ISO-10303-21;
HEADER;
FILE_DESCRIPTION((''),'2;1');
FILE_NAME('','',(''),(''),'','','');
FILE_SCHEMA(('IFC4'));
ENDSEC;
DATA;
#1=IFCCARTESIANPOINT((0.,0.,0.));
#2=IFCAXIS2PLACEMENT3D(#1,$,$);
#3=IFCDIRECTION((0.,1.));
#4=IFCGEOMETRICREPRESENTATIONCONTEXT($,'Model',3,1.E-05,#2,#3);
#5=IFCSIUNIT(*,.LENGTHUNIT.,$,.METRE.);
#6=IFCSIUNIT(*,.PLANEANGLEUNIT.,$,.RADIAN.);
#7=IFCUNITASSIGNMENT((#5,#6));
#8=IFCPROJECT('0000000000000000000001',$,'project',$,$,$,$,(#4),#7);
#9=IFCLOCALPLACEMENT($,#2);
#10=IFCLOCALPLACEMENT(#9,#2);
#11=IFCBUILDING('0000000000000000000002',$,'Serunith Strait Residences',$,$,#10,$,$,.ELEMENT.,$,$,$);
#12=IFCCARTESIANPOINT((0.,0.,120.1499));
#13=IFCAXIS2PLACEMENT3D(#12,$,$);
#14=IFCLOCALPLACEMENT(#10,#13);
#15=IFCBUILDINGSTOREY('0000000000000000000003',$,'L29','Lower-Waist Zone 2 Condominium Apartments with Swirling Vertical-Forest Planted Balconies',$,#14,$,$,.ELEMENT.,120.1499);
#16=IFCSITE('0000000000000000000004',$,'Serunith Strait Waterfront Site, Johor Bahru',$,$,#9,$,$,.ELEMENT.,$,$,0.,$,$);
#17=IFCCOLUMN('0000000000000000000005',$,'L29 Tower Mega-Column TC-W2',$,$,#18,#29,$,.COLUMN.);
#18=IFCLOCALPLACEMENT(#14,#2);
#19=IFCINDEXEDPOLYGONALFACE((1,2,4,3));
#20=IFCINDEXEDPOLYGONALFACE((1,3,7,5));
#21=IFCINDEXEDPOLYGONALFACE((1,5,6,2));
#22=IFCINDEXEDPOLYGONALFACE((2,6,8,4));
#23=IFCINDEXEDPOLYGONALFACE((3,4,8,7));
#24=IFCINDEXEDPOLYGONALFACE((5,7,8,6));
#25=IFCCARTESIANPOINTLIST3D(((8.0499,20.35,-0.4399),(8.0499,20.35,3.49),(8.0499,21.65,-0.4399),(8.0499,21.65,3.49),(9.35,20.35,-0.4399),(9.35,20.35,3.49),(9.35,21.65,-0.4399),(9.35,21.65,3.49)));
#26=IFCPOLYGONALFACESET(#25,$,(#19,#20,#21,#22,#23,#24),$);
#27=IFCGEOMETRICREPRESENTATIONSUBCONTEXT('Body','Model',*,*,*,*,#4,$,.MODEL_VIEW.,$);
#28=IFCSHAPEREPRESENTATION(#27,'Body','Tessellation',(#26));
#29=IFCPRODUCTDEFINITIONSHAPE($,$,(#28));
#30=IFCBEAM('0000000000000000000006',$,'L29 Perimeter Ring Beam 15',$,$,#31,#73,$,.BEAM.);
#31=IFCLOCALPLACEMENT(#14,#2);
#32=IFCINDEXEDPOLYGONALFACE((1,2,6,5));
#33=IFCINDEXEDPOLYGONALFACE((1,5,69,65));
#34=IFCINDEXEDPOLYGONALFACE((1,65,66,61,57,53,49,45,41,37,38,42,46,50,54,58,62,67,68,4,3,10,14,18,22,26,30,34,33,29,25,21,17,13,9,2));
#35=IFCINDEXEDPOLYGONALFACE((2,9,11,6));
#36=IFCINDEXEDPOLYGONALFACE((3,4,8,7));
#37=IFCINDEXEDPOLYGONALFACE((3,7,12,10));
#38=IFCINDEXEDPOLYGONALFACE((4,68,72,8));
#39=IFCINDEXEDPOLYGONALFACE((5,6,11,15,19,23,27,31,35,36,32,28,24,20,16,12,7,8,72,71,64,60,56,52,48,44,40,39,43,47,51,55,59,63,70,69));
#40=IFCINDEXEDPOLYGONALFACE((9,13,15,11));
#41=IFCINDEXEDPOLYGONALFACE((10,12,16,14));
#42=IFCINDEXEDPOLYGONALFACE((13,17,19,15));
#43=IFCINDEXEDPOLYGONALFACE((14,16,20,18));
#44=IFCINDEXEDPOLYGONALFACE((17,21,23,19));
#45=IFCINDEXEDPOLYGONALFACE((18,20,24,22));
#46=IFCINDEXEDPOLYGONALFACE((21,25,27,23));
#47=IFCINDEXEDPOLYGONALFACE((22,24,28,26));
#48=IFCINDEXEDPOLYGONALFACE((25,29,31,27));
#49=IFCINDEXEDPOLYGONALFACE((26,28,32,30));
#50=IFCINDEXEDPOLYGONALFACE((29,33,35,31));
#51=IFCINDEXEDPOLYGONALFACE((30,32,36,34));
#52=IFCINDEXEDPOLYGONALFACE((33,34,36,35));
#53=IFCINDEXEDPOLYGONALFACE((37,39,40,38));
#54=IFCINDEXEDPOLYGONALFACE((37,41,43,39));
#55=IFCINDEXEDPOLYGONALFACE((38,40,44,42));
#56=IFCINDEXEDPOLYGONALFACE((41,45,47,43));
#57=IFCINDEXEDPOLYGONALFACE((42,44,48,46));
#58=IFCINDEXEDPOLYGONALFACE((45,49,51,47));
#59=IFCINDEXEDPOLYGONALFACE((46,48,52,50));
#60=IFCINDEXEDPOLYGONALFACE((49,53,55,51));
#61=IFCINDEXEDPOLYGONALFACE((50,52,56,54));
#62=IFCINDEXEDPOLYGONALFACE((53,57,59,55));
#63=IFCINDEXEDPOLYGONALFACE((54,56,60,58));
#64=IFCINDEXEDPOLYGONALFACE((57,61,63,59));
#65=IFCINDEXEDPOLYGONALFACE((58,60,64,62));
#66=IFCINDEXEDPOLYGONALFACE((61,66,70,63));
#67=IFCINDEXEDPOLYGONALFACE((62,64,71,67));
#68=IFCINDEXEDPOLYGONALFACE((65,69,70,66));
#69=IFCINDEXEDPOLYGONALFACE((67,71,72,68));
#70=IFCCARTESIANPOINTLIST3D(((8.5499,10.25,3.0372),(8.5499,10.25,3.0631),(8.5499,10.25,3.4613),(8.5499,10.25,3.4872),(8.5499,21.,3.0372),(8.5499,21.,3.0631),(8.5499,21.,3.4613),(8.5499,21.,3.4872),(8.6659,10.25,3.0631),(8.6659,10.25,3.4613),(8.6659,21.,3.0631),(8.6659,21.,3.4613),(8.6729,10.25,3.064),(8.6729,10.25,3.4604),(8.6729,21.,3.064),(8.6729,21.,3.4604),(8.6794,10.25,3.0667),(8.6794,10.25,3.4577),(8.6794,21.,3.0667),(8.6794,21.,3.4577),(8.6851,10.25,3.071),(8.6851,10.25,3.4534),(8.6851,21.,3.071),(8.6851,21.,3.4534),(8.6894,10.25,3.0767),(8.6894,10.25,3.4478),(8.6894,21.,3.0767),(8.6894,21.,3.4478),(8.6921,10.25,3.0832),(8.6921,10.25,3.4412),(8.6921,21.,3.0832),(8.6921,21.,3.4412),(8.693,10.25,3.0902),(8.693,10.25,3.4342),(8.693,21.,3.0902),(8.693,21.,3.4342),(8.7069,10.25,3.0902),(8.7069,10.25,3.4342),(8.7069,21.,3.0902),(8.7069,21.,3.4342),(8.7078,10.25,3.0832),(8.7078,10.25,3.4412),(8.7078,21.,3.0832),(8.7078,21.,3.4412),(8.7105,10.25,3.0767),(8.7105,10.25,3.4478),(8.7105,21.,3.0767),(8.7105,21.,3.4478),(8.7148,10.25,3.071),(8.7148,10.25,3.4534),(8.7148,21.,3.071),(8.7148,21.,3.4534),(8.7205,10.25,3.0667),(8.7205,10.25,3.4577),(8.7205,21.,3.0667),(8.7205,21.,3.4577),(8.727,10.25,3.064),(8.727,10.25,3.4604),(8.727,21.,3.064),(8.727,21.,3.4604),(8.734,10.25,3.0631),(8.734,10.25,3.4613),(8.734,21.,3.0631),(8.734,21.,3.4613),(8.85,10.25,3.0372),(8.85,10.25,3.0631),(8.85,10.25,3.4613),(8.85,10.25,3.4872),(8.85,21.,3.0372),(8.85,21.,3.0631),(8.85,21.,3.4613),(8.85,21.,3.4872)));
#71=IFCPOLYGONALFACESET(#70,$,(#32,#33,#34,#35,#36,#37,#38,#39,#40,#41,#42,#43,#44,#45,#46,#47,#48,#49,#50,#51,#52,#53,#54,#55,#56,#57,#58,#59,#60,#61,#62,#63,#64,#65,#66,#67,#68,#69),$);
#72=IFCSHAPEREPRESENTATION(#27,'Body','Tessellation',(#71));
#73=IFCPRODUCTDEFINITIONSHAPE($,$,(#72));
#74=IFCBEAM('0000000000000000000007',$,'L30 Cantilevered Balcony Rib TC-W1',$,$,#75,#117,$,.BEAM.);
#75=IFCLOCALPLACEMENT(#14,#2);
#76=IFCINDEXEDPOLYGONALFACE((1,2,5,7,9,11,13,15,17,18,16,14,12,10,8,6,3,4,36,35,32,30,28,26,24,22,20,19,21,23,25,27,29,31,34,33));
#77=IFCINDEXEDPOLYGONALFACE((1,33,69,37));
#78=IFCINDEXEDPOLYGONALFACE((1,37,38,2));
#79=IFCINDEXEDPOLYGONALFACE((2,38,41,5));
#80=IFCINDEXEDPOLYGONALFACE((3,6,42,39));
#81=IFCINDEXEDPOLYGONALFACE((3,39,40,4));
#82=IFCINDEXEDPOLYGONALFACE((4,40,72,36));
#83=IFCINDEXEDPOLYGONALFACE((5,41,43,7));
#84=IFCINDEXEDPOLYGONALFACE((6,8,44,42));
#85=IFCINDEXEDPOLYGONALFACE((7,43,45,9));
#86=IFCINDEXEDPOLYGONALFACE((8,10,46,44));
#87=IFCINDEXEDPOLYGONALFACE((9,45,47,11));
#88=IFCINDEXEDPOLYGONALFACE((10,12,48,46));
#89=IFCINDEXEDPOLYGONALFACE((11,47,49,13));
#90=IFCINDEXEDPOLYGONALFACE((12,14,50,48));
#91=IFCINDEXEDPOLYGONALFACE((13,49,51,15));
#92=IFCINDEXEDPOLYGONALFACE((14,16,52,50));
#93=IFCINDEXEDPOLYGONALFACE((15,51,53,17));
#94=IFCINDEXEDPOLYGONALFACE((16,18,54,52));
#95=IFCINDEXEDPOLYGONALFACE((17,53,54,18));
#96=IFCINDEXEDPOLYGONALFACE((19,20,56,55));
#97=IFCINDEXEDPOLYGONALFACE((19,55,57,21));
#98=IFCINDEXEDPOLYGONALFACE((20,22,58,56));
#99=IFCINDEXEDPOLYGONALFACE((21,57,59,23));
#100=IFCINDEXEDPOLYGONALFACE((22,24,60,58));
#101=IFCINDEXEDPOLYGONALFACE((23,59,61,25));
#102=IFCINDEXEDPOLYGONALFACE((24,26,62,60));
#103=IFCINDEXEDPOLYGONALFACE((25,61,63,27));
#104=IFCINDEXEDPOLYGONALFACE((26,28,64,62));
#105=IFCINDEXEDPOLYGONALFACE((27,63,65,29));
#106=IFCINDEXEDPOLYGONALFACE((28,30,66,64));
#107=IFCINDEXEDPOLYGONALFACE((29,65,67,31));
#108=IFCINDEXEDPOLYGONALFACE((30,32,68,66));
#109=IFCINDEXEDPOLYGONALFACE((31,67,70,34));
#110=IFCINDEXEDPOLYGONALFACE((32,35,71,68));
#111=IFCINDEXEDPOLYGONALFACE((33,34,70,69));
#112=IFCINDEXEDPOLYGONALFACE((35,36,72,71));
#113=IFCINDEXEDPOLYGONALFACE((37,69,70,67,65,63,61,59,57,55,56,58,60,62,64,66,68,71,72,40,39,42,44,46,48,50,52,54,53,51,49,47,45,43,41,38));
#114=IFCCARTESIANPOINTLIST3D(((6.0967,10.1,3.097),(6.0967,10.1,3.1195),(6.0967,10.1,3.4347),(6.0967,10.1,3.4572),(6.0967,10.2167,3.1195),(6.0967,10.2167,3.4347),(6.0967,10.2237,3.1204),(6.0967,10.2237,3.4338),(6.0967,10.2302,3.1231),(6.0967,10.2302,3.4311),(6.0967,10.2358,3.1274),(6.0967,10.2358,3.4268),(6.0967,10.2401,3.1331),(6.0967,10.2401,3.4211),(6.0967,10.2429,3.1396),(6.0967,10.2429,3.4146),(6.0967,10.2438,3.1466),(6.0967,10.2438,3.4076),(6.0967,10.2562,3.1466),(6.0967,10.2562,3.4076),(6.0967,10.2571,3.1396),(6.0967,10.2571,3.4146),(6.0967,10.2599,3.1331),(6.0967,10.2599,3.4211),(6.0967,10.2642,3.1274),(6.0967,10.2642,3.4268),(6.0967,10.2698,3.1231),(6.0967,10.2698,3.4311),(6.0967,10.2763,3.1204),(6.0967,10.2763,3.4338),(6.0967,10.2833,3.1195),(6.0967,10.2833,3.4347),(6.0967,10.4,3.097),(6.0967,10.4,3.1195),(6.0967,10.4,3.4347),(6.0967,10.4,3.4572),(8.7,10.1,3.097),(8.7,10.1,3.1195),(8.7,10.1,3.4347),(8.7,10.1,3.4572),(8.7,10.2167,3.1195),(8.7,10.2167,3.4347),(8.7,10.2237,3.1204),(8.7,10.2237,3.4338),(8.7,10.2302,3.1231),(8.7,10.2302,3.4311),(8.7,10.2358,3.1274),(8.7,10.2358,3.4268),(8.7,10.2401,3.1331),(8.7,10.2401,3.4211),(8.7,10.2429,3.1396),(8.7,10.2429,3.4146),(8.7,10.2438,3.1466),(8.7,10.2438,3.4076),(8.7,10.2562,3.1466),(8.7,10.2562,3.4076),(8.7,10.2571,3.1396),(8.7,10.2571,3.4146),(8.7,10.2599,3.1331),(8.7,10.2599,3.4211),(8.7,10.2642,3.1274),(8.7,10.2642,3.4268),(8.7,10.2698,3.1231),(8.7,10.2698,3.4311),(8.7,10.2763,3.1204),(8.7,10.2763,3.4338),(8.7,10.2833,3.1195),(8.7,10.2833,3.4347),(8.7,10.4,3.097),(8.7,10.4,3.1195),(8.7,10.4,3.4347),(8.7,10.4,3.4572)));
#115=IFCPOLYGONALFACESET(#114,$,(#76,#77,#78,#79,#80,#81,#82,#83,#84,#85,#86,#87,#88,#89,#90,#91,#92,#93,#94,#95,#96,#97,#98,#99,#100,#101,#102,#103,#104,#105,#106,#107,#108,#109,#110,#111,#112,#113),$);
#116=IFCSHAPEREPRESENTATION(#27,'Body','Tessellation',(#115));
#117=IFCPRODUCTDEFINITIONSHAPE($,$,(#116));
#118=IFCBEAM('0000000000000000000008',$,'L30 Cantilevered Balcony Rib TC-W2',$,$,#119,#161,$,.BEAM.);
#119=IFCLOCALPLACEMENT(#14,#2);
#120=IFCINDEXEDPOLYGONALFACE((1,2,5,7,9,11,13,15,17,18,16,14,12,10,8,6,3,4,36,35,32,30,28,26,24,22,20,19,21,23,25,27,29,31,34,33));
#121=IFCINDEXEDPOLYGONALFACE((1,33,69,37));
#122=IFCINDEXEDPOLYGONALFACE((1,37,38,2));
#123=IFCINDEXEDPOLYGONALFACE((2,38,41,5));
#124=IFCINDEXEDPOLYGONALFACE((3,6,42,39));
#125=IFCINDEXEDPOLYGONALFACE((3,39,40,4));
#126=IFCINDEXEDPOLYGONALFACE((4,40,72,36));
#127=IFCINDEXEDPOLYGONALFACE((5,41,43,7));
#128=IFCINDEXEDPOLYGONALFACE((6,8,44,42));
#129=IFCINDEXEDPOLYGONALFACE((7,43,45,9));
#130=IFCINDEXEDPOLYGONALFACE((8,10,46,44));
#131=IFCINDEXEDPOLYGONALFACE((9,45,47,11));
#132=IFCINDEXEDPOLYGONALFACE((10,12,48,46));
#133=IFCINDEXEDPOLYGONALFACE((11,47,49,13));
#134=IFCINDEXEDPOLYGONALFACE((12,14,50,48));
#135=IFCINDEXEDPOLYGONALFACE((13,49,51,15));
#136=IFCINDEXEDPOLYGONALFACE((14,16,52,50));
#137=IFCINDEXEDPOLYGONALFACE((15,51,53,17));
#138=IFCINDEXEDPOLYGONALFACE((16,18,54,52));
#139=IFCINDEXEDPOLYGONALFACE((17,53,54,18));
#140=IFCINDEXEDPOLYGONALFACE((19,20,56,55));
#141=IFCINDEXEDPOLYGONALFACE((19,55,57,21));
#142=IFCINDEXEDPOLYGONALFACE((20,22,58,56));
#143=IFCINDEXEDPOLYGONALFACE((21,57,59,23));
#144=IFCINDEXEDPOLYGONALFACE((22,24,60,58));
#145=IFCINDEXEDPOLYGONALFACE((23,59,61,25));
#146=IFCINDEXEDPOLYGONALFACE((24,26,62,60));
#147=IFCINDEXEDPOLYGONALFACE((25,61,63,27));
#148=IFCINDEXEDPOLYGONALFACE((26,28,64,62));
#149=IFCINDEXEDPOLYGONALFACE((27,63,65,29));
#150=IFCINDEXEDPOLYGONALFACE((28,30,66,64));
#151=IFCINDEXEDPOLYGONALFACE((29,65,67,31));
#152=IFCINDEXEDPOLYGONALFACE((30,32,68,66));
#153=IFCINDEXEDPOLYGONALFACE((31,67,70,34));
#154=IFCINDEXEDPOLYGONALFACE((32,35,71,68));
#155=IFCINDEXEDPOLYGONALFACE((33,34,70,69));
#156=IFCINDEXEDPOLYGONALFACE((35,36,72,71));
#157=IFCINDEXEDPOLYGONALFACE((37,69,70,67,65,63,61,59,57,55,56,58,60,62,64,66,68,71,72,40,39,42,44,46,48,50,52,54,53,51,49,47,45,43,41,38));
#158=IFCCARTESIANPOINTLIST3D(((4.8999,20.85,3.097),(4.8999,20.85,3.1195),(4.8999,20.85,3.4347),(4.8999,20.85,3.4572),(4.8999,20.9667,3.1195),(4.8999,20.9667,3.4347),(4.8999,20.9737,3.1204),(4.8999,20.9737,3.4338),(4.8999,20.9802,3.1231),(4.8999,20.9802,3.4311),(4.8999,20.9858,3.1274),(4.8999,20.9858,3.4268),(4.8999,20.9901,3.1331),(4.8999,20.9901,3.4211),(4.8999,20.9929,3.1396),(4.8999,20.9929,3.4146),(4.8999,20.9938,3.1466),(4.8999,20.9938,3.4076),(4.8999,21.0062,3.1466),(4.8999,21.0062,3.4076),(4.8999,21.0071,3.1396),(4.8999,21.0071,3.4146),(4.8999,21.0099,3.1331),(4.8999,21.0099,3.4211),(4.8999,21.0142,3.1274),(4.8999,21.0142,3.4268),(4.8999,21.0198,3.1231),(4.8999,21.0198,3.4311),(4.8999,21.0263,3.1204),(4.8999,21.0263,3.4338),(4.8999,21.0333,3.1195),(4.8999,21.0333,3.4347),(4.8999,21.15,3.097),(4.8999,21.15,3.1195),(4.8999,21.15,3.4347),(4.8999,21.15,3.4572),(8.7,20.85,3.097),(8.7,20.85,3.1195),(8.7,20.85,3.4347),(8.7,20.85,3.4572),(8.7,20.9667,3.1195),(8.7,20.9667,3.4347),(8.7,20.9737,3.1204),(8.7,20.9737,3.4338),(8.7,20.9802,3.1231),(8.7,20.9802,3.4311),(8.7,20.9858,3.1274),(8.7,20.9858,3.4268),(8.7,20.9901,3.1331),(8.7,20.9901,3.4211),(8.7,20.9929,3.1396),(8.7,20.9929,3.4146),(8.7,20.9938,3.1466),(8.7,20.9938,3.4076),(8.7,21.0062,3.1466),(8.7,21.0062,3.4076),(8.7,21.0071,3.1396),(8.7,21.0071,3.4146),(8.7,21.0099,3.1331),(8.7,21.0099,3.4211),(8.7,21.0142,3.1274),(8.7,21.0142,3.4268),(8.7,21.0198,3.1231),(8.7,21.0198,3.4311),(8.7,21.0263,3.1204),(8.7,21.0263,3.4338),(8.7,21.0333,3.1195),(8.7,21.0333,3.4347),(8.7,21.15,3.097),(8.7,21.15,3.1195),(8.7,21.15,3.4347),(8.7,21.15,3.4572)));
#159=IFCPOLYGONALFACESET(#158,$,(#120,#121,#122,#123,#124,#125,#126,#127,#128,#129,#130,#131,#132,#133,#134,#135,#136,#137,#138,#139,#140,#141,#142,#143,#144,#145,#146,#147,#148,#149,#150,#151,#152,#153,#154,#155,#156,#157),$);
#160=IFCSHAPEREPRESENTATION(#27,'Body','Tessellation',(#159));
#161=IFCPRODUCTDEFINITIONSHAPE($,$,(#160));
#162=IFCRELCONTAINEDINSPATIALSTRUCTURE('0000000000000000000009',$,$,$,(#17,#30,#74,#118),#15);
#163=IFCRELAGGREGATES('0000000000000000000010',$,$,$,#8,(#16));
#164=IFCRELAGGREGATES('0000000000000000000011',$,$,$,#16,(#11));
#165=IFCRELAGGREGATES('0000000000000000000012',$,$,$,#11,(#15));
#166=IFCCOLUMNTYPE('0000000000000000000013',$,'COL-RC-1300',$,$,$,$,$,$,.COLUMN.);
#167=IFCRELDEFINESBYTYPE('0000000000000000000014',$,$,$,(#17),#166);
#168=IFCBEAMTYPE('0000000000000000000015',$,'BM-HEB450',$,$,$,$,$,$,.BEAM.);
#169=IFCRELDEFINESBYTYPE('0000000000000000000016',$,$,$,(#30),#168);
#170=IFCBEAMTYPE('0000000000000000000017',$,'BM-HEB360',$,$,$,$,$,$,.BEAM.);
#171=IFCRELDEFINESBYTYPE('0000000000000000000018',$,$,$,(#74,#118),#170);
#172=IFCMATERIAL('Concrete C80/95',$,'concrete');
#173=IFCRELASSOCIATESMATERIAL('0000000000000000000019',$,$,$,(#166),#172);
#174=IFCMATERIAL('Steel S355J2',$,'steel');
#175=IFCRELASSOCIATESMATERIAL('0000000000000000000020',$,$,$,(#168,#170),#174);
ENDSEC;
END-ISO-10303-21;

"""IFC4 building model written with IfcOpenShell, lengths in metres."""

from ifc_helpers import new_model, si_unit, direction, frame, origin, origin_2d, place, context, subcontext, project, spatial, rectangle, i_section, extrude, source, transform, mapped, material, material_profile, profile_set, type_object, element, save


model = new_model("IFC4")

# Units and contexts
model_context = context("Model", 3, precision=1e-05, world=origin(), true_north=direction((0.0, 1.0)))
body_context = subcontext(model_context, "Body", "Model", "MODEL_VIEW")
ifc_project = project(units=[si_unit("LENGTHUNIT", "METRE"), si_unit("PLANEANGLEUNIT", "RADIAN")], contexts=[model_context])

# Site, building, storey
site_placement = place(None, origin())
site = spatial("IfcSite", under=ifc_project, at=site_placement, Name="Serunith Strait Waterfront Site, Johor Bahru", CompositionType="ELEMENT", RefElevation=0.0)
building_placement = place(site_placement, origin())
building = spatial("IfcBuilding", under=site, at=building_placement, Name="Serunith Strait Residences", CompositionType="ELEMENT")
storey_placement = place(building_placement, frame((0.0, 0.0, 120.1499)))
storey = spatial("IfcBuildingStorey", under=building, at=storey_placement, Name="L29", Description="Lower-Waist Zone 2 Condominium Apartments with Swirling Vertical-Forest Planted Balconies", CompositionType="ELEMENT", Elevation=120.1499)

# Column
ifc_material_1 = material(Name="Concrete C80/95", Category="concrete")
ifc_material_profile_1 = material_profile(ifc_material_1, rectangle(XDim=1.3, YDim=1.3, at=origin_2d()), Name="RC 1300x1300")
ifc_profile_set_1 = profile_set([ifc_material_profile_1], Name="Concrete C80/95")
column_type = type_object("IfcColumnType", Name="COL-RC-1300", PredefinedType="COLUMN", material=ifc_profile_set_1)
shared_shape_1 = source(origin(), body_context, "Body", "SweptSolid", [
    extrude(rectangle(XDim=1.3, YDim=1.3, at=origin_2d()), origin(), (0.0, 0.0, 1.0), 3.9299),
])
column_placement = place(storey_placement, frame((8.7, 21.0, -0.4399), z_axis=(0.0, 0.0, 1.0), x_axis=(1.0, 0.0, 0.0)))
element("IfcColumn", 1, at=column_placement, inside=storey, type_object=column_type, Name="L29 Tower Mega-Column TC-W2", PredefinedType="COLUMN", context=body_context, shape_type="MappedRepresentation", body=[
    mapped(shared_shape_1, transform((0.0, 0.0, 0.0), scale=1.0)),
])

# Beams
ifc_material_2 = material(Name="Steel S355J2", Category="steel")
ifc_material_profile_2 = material_profile(ifc_material_2, i_section(OverallWidth=0.3, OverallDepth=0.45, WebThickness=0.0139, FlangeThickness=0.0259, FilletRadius=0.0271, at=origin_2d()), Name="HEB 450")
ifc_profile_set_2 = profile_set([ifc_material_profile_2], Name="Steel S355J2")
beam_type_1 = type_object("IfcBeamType", Name="BM-HEB450", PredefinedType="BEAM", material=ifc_profile_set_2)
shared_shape_2 = source(origin(), body_context, "Body", "SweptSolid", [
    extrude(i_section(OverallWidth=0.3, OverallDepth=0.45, WebThickness=0.0139, FlangeThickness=0.0259, FilletRadius=0.0271, at=origin_2d()), origin(), (0.0, 0.0, 1.0), 10.75),
])
beam_1_placement = place(storey_placement, frame((8.7, 21.0, 3.2622), z_axis=(0.0, -1.0, 0.0), x_axis=(1.0, 0.0, 0.0)))
element("IfcBeam", 2, at=beam_1_placement, inside=storey, type_object=beam_type_1, Name="L29 Perimeter Ring Beam 15", PredefinedType="BEAM", context=body_context, shape_type="MappedRepresentation", body=[
    mapped(shared_shape_2, transform((0.0, 0.0, 0.0), scale=1.0)),
])
ifc_material_profile_3 = material_profile(ifc_material_2, i_section(OverallWidth=0.3, OverallDepth=0.3601, WebThickness=0.0125, FlangeThickness=0.0225, FilletRadius=0.0271, at=origin_2d()), Name="HEB 360")
ifc_profile_set_3 = profile_set([ifc_material_profile_3], Name="Steel S355J2")
beam_type_2 = type_object("IfcBeamType", Name="BM-HEB360", PredefinedType="BEAM", material=ifc_profile_set_3)
shared_shape_3 = source(origin(), body_context, "Body", "SweptSolid", [
    extrude(i_section(OverallWidth=0.3, OverallDepth=0.3601, WebThickness=0.0125, FlangeThickness=0.0225, FilletRadius=0.0271, at=origin_2d()), origin(), (0.0, 0.0, 1.0), 2.6033),
])
beam_2_placement = place(storey_placement, frame((8.7, 10.25, 3.2771), z_axis=(-1.0, 0.0, 0.0), x_axis=(0.0, -1.0, 0.0)))
element("IfcBeam", 3, at=beam_2_placement, inside=storey, type_object=beam_type_2, Name="L30 Cantilevered Balcony Rib TC-W1", PredefinedType="BEAM", context=body_context, shape_type="MappedRepresentation", body=[
    mapped(shared_shape_3, transform((0.0, 0.0, 0.0), scale=1.0)),
])
shared_shape_4 = source(origin(), body_context, "Body", "SweptSolid", [
    extrude(i_section(OverallWidth=0.3, OverallDepth=0.3601, WebThickness=0.0125, FlangeThickness=0.0225, FilletRadius=0.0271, at=origin_2d()), origin(), (0.0, 0.0, 1.0), 3.8),
])
beam_3_placement = place(storey_placement, frame((8.7, 21.0, 3.2771), z_axis=(-1.0, 0.0, 0.0), x_axis=(0.0, -1.0, 0.0)))
element("IfcBeam", 4, at=beam_3_placement, inside=storey, type_object=beam_type_2, Name="L30 Cantilevered Balcony Rib TC-W2", PredefinedType="BEAM", context=body_context, shape_type="MappedRepresentation", body=[
    mapped(shared_shape_4, transform((0.0, 0.0, 0.0), scale=1.0)),
])

save(model, "model.ifc")
